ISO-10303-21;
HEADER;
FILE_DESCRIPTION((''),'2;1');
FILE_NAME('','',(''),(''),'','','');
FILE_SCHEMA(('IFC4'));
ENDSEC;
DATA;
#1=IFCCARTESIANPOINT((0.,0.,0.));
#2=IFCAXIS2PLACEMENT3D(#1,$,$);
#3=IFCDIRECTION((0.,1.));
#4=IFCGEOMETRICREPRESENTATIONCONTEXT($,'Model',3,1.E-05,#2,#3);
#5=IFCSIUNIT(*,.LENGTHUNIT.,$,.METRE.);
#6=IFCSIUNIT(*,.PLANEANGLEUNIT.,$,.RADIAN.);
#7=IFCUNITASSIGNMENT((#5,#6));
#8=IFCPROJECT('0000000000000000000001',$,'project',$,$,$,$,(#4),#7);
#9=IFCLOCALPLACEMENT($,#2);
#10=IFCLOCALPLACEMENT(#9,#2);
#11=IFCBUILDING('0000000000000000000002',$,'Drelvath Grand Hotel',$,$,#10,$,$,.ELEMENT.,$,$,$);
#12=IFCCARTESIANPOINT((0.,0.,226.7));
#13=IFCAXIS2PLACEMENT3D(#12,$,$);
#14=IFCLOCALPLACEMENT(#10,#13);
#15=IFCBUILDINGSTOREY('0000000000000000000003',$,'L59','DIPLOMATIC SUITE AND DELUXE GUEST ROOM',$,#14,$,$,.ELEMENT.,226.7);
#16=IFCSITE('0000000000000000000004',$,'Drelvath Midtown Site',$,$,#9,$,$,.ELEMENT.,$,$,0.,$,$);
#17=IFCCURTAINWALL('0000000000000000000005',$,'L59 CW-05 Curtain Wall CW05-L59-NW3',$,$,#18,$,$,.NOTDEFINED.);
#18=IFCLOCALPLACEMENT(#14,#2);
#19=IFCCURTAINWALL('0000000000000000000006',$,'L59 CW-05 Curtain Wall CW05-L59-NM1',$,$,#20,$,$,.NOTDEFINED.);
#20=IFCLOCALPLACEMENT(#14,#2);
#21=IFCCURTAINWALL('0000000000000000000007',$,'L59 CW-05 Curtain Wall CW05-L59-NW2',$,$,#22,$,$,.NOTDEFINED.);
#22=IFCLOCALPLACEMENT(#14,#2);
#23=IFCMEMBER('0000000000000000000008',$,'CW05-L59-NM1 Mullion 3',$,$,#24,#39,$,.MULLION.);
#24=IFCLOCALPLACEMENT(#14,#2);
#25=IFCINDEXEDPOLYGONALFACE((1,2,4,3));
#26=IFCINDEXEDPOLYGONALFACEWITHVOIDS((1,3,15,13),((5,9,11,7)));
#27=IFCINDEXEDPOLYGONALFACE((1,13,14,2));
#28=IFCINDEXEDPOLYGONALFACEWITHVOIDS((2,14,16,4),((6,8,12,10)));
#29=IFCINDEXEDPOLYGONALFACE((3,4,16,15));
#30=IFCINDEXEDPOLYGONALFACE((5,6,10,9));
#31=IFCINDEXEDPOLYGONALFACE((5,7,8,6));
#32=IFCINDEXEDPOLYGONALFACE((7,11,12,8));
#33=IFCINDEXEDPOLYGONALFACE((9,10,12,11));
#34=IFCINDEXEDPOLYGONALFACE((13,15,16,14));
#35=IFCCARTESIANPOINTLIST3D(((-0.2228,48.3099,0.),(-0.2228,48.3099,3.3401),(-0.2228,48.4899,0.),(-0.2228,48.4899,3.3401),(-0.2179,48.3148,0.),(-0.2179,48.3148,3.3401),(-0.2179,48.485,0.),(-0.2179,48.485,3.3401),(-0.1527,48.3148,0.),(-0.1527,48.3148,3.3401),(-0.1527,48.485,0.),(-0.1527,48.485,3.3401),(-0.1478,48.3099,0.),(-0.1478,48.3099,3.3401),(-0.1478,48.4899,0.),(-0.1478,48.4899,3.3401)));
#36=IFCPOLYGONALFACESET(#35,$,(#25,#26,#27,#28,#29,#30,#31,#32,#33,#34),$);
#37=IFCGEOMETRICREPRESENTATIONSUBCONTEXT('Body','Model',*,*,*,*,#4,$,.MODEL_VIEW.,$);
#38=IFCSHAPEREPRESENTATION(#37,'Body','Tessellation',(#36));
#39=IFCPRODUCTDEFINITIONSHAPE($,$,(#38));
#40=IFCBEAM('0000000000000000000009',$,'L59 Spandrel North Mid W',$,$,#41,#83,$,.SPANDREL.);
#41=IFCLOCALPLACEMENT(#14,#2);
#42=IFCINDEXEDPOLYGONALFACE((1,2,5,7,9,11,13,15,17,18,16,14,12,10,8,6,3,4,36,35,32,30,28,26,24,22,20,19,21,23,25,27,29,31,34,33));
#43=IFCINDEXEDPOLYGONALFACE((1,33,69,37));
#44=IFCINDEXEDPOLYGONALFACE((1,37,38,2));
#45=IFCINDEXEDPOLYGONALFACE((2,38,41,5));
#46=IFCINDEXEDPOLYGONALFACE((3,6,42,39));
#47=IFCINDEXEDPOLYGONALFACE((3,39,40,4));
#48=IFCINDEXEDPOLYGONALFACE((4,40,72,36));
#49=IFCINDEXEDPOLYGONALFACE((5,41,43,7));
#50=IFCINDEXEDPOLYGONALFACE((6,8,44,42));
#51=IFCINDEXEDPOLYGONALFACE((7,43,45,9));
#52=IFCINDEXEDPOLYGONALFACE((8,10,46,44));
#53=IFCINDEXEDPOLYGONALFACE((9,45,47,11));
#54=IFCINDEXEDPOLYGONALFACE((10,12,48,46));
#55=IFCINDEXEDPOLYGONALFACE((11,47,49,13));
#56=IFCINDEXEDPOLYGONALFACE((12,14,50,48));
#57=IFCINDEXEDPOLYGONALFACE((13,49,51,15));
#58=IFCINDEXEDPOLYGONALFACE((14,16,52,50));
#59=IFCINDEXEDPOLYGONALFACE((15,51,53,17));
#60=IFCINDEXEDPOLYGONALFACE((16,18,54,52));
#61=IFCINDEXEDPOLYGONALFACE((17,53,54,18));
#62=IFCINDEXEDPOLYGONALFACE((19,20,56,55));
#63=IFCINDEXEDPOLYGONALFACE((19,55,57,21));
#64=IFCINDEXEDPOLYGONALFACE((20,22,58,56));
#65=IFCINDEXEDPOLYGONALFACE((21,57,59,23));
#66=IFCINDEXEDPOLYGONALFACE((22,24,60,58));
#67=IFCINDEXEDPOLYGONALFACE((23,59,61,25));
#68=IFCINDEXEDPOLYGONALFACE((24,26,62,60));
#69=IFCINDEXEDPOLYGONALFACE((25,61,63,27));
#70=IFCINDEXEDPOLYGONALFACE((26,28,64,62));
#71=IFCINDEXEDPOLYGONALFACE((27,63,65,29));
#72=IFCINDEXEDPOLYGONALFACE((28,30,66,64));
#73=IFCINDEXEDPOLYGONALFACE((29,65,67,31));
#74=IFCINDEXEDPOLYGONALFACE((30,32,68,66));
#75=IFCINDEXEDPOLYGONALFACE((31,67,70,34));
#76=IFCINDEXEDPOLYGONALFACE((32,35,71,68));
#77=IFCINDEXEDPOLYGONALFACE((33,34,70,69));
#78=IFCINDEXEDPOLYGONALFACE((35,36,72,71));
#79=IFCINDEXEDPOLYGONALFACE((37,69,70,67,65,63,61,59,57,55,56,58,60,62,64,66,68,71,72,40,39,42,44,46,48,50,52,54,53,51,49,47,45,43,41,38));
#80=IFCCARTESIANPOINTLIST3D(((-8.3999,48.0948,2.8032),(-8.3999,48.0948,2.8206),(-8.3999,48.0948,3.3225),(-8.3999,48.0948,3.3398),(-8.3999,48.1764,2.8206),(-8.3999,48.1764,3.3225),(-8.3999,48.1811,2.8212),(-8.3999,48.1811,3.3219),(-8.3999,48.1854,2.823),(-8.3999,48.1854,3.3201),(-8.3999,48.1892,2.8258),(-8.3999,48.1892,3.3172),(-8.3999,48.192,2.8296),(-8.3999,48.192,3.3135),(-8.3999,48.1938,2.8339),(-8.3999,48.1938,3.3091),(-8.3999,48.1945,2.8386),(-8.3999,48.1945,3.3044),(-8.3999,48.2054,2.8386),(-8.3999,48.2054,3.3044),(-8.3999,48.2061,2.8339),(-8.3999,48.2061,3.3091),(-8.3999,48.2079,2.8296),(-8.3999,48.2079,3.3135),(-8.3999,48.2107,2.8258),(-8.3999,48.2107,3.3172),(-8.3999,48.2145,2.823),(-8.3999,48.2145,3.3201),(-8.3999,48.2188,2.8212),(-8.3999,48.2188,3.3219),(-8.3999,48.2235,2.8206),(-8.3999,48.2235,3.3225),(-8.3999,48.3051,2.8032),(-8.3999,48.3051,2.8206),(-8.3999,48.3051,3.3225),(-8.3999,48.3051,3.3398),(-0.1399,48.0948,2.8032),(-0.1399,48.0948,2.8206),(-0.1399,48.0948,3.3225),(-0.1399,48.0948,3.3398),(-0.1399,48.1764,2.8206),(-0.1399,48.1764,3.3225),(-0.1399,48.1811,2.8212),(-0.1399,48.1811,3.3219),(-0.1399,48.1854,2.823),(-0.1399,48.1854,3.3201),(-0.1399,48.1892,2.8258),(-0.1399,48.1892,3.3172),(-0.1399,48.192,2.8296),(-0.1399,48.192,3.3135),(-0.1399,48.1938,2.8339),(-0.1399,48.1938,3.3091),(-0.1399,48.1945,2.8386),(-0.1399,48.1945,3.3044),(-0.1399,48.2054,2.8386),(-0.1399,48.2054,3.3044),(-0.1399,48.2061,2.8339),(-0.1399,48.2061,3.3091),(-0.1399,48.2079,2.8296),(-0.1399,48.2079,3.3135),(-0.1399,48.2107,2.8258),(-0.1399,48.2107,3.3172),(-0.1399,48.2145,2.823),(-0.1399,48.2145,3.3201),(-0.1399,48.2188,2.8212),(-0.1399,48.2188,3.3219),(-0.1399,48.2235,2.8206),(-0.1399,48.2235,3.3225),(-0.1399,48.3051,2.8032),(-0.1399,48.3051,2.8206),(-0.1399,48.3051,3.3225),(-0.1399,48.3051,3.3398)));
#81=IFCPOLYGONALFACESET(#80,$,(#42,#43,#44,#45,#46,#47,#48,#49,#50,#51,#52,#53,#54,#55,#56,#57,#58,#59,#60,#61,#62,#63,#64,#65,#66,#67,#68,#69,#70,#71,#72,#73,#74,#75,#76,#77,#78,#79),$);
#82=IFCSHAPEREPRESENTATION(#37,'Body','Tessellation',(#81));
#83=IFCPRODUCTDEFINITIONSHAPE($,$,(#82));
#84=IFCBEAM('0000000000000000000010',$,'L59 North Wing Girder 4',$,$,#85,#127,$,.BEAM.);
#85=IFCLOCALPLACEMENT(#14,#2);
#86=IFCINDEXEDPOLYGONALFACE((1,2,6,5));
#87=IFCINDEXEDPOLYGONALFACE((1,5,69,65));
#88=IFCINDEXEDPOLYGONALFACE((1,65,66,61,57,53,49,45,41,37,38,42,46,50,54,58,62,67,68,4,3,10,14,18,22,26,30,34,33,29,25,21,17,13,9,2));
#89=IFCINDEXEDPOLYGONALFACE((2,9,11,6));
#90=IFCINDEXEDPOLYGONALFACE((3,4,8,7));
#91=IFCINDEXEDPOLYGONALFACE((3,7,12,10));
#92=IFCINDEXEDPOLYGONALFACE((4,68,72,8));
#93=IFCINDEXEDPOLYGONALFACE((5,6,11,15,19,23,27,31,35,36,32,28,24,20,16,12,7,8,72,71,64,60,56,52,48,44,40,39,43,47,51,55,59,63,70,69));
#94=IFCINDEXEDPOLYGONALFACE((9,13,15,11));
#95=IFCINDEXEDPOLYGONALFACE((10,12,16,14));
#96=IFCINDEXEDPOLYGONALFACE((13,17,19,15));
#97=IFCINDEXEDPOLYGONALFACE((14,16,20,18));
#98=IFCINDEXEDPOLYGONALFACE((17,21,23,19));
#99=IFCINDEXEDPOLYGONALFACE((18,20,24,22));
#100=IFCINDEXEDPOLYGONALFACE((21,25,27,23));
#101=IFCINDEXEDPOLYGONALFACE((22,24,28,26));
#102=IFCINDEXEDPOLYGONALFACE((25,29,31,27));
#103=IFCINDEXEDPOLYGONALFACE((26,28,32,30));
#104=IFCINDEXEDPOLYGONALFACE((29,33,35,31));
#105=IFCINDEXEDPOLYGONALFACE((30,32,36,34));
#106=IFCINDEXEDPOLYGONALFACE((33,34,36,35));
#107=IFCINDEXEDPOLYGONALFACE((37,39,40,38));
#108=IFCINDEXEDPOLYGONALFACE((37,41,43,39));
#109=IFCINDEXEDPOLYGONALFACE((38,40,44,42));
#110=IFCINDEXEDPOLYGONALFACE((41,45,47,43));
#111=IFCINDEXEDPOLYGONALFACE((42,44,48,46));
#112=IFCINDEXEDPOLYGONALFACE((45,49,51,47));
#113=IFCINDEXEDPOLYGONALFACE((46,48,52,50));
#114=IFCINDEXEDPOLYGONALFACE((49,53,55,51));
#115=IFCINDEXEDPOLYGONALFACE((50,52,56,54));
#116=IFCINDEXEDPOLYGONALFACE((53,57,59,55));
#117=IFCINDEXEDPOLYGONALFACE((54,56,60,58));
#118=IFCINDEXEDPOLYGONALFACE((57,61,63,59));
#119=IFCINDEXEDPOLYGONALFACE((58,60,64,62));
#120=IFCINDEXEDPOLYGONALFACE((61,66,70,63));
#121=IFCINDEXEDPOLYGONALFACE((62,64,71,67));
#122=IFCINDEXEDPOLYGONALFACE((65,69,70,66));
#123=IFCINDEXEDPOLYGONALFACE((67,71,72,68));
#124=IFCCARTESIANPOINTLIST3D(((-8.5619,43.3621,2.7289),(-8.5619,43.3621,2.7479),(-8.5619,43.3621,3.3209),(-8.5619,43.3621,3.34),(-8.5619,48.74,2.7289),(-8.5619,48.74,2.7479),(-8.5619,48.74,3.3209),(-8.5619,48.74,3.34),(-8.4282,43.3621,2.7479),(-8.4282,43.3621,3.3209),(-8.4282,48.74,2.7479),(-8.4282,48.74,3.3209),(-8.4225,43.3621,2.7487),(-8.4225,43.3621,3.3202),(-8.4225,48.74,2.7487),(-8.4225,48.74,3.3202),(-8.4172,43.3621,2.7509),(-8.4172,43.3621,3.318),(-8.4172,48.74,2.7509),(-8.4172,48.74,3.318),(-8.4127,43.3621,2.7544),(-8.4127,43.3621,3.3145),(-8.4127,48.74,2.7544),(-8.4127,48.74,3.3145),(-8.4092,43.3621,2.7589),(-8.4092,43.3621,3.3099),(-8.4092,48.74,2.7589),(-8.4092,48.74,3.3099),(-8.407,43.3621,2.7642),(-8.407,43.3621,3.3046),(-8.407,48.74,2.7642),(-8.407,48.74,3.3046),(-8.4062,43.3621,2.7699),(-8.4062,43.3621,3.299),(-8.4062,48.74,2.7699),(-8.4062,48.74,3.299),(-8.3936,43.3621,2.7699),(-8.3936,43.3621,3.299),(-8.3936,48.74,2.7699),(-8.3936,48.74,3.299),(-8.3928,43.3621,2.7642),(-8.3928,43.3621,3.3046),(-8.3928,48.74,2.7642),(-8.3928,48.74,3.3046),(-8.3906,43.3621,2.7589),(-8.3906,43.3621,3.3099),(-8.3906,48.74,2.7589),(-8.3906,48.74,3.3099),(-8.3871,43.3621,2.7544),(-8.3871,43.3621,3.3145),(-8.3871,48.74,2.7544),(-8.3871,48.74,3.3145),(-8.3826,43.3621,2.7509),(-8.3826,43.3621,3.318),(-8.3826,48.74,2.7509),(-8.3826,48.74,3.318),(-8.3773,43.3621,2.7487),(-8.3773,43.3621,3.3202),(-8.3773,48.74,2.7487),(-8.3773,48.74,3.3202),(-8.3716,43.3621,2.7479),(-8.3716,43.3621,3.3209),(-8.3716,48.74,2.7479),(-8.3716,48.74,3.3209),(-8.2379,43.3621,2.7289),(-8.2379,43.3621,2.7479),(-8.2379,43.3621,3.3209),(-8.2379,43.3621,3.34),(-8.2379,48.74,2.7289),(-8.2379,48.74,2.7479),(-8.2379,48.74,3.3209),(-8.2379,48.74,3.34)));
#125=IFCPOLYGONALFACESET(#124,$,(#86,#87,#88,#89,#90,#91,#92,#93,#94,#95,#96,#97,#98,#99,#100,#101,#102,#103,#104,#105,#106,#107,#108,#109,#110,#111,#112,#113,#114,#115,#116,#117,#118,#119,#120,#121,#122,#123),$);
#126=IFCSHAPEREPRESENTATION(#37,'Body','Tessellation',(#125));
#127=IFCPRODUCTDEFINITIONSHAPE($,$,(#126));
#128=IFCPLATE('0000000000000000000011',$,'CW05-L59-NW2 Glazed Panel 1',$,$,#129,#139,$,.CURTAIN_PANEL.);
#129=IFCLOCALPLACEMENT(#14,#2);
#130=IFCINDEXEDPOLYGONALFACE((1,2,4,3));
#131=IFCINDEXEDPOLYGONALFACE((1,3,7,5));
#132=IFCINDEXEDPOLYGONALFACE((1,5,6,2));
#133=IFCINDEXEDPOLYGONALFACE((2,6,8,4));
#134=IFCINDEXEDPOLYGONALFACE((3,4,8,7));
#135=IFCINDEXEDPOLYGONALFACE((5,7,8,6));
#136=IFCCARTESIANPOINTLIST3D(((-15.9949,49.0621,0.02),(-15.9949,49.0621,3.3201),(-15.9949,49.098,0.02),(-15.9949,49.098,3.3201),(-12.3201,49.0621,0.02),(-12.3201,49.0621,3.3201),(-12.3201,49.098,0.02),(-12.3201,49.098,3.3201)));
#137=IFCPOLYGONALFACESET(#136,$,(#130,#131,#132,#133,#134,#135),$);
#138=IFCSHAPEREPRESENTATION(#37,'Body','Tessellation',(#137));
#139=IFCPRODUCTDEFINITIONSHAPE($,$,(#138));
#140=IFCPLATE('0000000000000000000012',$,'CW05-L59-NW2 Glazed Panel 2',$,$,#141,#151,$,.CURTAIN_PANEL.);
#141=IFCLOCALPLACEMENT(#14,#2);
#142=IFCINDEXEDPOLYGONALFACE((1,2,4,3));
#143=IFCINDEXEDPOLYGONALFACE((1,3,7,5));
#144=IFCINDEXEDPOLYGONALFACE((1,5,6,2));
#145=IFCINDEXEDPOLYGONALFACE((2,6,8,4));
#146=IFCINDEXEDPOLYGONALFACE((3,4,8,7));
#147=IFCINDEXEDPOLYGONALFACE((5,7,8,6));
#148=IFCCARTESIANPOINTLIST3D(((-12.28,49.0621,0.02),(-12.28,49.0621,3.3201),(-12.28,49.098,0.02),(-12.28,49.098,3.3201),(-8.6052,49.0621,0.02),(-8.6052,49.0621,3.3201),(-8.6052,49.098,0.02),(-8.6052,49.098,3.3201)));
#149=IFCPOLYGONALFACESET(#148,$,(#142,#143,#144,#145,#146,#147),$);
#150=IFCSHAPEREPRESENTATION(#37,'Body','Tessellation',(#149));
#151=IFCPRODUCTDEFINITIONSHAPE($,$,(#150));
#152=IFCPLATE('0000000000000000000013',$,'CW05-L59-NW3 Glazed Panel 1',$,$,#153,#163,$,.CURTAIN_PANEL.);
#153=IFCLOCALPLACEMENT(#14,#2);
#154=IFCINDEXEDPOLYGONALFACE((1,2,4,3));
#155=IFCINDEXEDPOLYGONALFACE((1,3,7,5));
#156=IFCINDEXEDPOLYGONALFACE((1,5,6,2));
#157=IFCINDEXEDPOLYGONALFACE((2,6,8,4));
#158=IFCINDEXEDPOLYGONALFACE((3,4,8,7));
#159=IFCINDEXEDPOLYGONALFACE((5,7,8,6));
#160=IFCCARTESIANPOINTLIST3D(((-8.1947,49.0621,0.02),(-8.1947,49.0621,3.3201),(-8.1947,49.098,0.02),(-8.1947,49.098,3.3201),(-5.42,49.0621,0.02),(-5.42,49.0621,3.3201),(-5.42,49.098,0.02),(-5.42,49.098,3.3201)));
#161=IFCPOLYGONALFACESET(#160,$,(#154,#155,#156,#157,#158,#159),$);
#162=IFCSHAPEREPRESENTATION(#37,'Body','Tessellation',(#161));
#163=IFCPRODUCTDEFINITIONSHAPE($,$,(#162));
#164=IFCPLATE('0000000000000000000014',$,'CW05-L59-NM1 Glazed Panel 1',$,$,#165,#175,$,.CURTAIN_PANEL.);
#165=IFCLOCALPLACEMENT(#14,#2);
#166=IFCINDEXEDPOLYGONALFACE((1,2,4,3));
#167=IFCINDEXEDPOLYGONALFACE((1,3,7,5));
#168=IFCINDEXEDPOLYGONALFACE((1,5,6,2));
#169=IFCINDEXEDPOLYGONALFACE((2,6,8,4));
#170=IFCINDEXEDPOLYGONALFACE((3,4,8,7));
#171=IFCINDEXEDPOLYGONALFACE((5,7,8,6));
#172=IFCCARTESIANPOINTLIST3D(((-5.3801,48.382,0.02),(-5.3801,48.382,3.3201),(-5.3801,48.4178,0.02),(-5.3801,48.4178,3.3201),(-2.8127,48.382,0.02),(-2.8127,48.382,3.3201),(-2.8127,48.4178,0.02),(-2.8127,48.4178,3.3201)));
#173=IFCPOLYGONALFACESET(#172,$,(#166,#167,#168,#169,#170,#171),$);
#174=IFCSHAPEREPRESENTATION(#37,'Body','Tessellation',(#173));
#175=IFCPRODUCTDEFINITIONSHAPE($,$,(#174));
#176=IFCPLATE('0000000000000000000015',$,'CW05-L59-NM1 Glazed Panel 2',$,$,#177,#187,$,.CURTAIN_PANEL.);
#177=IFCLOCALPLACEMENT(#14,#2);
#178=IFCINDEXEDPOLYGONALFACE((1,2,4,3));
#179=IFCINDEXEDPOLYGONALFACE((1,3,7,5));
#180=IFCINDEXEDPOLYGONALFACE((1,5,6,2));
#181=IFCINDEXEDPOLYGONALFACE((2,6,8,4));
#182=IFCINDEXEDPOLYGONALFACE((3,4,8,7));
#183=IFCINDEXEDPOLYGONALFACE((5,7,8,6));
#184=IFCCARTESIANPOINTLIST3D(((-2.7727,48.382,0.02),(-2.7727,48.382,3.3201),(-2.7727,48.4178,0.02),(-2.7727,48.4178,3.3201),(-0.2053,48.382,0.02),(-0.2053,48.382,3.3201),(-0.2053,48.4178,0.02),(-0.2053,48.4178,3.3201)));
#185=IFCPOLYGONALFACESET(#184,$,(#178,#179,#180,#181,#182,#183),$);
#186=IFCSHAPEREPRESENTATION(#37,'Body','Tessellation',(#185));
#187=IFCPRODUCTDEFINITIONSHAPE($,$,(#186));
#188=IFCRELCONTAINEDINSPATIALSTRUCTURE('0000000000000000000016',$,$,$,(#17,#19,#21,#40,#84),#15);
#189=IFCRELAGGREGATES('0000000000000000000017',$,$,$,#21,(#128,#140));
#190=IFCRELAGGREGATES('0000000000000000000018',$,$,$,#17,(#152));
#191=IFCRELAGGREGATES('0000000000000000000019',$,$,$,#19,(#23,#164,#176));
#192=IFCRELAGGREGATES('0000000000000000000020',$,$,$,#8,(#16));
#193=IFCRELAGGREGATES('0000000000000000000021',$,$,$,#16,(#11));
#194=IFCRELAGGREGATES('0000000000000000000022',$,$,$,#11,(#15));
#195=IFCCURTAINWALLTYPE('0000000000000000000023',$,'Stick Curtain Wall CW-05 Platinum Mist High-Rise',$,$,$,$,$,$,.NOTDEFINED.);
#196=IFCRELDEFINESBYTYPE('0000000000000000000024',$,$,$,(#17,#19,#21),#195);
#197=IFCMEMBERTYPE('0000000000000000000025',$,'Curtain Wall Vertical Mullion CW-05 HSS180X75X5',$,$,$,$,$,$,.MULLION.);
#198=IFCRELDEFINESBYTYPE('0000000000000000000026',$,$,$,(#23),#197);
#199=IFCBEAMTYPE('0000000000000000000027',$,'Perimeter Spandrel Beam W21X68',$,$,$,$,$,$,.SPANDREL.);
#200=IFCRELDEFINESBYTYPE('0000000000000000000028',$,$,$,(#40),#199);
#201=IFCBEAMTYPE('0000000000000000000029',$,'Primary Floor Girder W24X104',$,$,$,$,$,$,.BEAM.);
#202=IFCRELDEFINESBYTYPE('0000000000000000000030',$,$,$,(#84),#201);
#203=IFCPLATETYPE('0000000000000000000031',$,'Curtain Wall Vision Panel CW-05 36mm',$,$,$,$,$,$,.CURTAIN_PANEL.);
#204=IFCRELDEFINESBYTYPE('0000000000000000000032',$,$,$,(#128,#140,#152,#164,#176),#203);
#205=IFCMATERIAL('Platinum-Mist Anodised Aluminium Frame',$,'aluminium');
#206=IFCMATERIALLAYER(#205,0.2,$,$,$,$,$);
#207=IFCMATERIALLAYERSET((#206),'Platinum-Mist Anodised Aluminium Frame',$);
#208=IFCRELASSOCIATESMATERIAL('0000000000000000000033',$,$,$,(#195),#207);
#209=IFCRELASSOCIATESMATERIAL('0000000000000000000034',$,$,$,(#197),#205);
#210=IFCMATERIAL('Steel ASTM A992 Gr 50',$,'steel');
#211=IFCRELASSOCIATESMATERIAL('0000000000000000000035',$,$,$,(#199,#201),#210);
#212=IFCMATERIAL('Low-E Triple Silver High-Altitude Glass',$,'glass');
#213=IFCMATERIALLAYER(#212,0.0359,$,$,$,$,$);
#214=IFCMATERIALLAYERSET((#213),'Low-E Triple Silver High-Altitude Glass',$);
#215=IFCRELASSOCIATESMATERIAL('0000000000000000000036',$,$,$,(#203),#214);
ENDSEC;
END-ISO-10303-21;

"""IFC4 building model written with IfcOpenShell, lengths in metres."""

from ifc_helpers import new_model, si_unit, direction, frame, origin, origin_2d, place, context, subcontext, project, spatial, rectangle, hollow_rectangle, i_section, extrude, material, layer, layer_set, material_profile, profile_set, type_object, element, aggregate, save


model = new_model("IFC4")

# Units and contexts
model_context = context("Model", 3, precision=1e-05, world=origin(), true_north=direction((0.0, 1.0)))
body_context = subcontext(model_context, "Body", "Model", "MODEL_VIEW")
ifc_project = project(units=[si_unit("LENGTHUNIT", "METRE"), si_unit("PLANEANGLEUNIT", "RADIAN")], contexts=[model_context])

# Site, building, storey
site_placement = place(None, origin())
site = spatial("IfcSite", under=ifc_project, at=site_placement, Name="Drelvath Midtown Site", CompositionType="ELEMENT", RefElevation=0.0)
building_placement = place(site_placement, origin())
building = spatial("IfcBuilding", under=site, at=building_placement, Name="Drelvath Grand Hotel", CompositionType="ELEMENT")
storey_placement = place(building_placement, frame((0.0, 0.0, 226.7)))
storey = spatial("IfcBuildingStorey", under=building, at=storey_placement, Name="L59", Description="DIPLOMATIC SUITE AND DELUXE GUEST ROOM", CompositionType="ELEMENT", Elevation=226.7)

# Curtain walls
ifc_material_1 = material(Name="Platinum-Mist Anodised Aluminium Frame", Category="aluminium")
ifc_layer_1 = layer(ifc_material_1, 0.2)
ifc_layer_set_1 = layer_set([ifc_layer_1], Name="Platinum-Mist Anodised Aluminium Frame")
curtain_wall_type = type_object("IfcCurtainWallType", Name="Stick Curtain Wall CW-05 Platinum Mist High-Rise", PredefinedType="NOTDEFINED", material=ifc_layer_set_1)
curtain_wall_1_placement = place(storey_placement, origin())
curtain_wall_1 = element("IfcCurtainWall", 1, at=curtain_wall_1_placement, inside=storey, type_object=curtain_wall_type, Name="L59 CW-05 Curtain Wall CW05-L59-NW3", PredefinedType="NOTDEFINED")
curtain_wall_2_placement = place(storey_placement, origin())
curtain_wall_2 = element("IfcCurtainWall", 2, at=curtain_wall_2_placement, inside=storey, type_object=curtain_wall_type, Name="L59 CW-05 Curtain Wall CW05-L59-NM1", PredefinedType="NOTDEFINED")

# Curtain wall
curtain_wall_3_placement = place(storey_placement, origin())
curtain_wall_3 = element("IfcCurtainWall", 3, at=curtain_wall_3_placement, inside=storey, type_object=curtain_wall_type, Name="L59 CW-05 Curtain Wall CW05-L59-NW2", PredefinedType="NOTDEFINED")
ifc_material_profile_1 = material_profile(ifc_material_1, hollow_rectangle(XDim=0.075, YDim=0.1799, WallThickness=0.0049, at=origin_2d()), Name="HSS180X75X5")
ifc_profile_set_1 = profile_set([ifc_material_profile_1], Name="Platinum-Mist Anodised Aluminium Frame")
member_type_1 = type_object("IfcMemberType", Name="Curtain Wall Vertical Mullion CW-05 HSS180X75X5", PredefinedType="MULLION", material=ifc_profile_set_1)

# Member
member_1_placement = place(storey_placement, frame((-0.1853, 48.3999, 0.0), z_axis=(0.0, 0.0, 1.0), x_axis=(1.0, 0.0, 0.0)))
member_1 = element("IfcMember", 4, at=member_1_placement, type_object=member_type_1, Name="CW05-L59-NM1 Mullion 3", PredefinedType="MULLION", context=body_context, shape_type="SweptSolid", body=[
    extrude(hollow_rectangle(XDim=0.075, YDim=0.1799, WallThickness=0.0049, at=origin_2d()), origin(), (0.0, 0.0, 1.0), 3.3401),
])

# Beams
ifc_material_2 = material(Name="Steel ASTM A992 Gr 50", Category="steel")
ifc_material_profile_2 = material_profile(ifc_material_2, i_section(OverallWidth=0.2102, OverallDepth=0.5366, WebThickness=0.011, FlangeThickness=0.0173, FilletRadius=0.0181, at=origin_2d()), Name="W21X68")
ifc_profile_set_2 = profile_set([ifc_material_profile_2], Name="Steel ASTM A992 Gr 50")
beam_type_1 = type_object("IfcBeamType", Name="Perimeter Spandrel Beam W21X68", PredefinedType="SPANDREL", material=ifc_profile_set_2)
beam_1_placement = place(storey_placement, frame((-8.3999, 48.2, 3.0715), z_axis=(1.0, 0.0, 0.0), x_axis=(0.0, 1.0, 0.0)))
element("IfcBeam", 5, at=beam_1_placement, inside=storey, type_object=beam_type_1, Name="L59 Spandrel North Mid W", PredefinedType="SPANDREL", context=body_context, shape_type="SweptSolid", body=[
    extrude(i_section(OverallWidth=0.2102, OverallDepth=0.5366, WebThickness=0.011, FlangeThickness=0.0173, FilletRadius=0.0181, at=origin_2d()), origin(), (0.0, 0.0, 1.0), 8.26),
])
ifc_material_profile_3 = material_profile(ifc_material_2, i_section(OverallWidth=0.324, OverallDepth=0.6111, WebThickness=0.0127, FlangeThickness=0.019, FilletRadius=0.022, at=origin_2d()), Name="W24X104")
ifc_profile_set_3 = profile_set([ifc_material_profile_3], Name="Steel ASTM A992 Gr 50")
beam_type_2 = type_object("IfcBeamType", Name="Primary Floor Girder W24X104", PredefinedType="BEAM", material=ifc_profile_set_3)
beam_2_placement = place(storey_placement, frame((-8.3999, 43.3621, 3.0344), z_axis=(0.0, 1.0, 0.0), x_axis=(-1.0, 0.0, 0.0)))
element("IfcBeam", 6, at=beam_2_placement, inside=storey, type_object=beam_type_2, Name="L59 North Wing Girder 4", PredefinedType="BEAM", context=body_context, shape_type="SweptSolid", body=[
    extrude(i_section(OverallWidth=0.324, OverallDepth=0.6111, WebThickness=0.0127, FlangeThickness=0.019, FilletRadius=0.022, at=origin_2d()), origin(), (0.0, 0.0, 1.0), 5.3779),
])

# Plates
ifc_material_3 = material(Name="Low-E Triple Silver High-Altitude Glass", Category="glass")
ifc_layer_2 = layer(ifc_material_3, 0.0359)
ifc_layer_set_2 = layer_set([ifc_layer_2], Name="Low-E Triple Silver High-Altitude Glass")
plate_type = type_object("IfcPlateType", Name="Curtain Wall Vision Panel CW-05 36mm", PredefinedType="CURTAIN_PANEL", material=ifc_layer_set_2)
plate_1_placement = place(storey_placement, frame((-14.1575, 49.0801, 0.02), z_axis=(0.0, 0.0, 1.0), x_axis=(1.0, 0.0, 0.0)))
plate_1 = element("IfcPlate", 7, at=plate_1_placement, type_object=plate_type, Name="CW05-L59-NW2 Glazed Panel 1", PredefinedType="CURTAIN_PANEL", context=body_context, shape_type="SweptSolid", body=[
    extrude(rectangle(XDim=3.6748, YDim=0.0359, at=origin_2d()), origin(), (0.0, 0.0, 1.0), 3.3),
])
plate_2_placement = place(storey_placement, frame((-10.4426, 49.0801, 0.02), z_axis=(0.0, 0.0, 1.0), x_axis=(1.0, 0.0, 0.0)))
plate_2 = element("IfcPlate", 8, at=plate_2_placement, type_object=plate_type, Name="CW05-L59-NW2 Glazed Panel 2", PredefinedType="CURTAIN_PANEL", context=body_context, shape_type="SweptSolid", body=[
    extrude(rectangle(XDim=3.6748, YDim=0.0359, at=origin_2d()), origin(), (0.0, 0.0, 1.0), 3.3),
])
aggregate(curtain_wall_3, [plate_1, plate_2])
plate_3_placement = place(storey_placement, frame((-6.8074, 49.0801, 0.02), z_axis=(0.0, 0.0, 1.0), x_axis=(1.0, 0.0, 0.0)))
plate_3 = element("IfcPlate", 9, at=plate_3_placement, type_object=plate_type, Name="CW05-L59-NW3 Glazed Panel 1", PredefinedType="CURTAIN_PANEL", context=body_context, shape_type="SweptSolid", body=[
    extrude(rectangle(XDim=2.7747, YDim=0.0359, at=origin_2d()), origin(), (0.0, 0.0, 1.0), 3.3),
])
aggregate(curtain_wall_1, [plate_3])
plate_4_placement = place(storey_placement, frame((-4.0964, 48.3999, 0.02), z_axis=(0.0, 0.0, 1.0), x_axis=(1.0, 0.0, 0.0)))
plate_4 = element("IfcPlate", 10, at=plate_4_placement, type_object=plate_type, Name="CW05-L59-NM1 Glazed Panel 1", PredefinedType="CURTAIN_PANEL", context=body_context, shape_type="SweptSolid", body=[
    extrude(rectangle(XDim=2.5674, YDim=0.0359, at=origin_2d()), origin(), (0.0, 0.0, 1.0), 3.3),
])
plate_5_placement = place(storey_placement, frame((-1.489, 48.3999, 0.02), z_axis=(0.0, 0.0, 1.0), x_axis=(1.0, 0.0, 0.0)))
plate_5 = element("IfcPlate", 11, at=plate_5_placement, type_object=plate_type, Name="CW05-L59-NM1 Glazed Panel 2", PredefinedType="CURTAIN_PANEL", context=body_context, shape_type="SweptSolid", body=[
    extrude(rectangle(XDim=2.5674, YDim=0.0359, at=origin_2d()), origin(), (0.0, 0.0, 1.0), 3.3),
])
aggregate(curtain_wall_2, [member_1, plate_4, plate_5])

save(model, "model.ifc")
